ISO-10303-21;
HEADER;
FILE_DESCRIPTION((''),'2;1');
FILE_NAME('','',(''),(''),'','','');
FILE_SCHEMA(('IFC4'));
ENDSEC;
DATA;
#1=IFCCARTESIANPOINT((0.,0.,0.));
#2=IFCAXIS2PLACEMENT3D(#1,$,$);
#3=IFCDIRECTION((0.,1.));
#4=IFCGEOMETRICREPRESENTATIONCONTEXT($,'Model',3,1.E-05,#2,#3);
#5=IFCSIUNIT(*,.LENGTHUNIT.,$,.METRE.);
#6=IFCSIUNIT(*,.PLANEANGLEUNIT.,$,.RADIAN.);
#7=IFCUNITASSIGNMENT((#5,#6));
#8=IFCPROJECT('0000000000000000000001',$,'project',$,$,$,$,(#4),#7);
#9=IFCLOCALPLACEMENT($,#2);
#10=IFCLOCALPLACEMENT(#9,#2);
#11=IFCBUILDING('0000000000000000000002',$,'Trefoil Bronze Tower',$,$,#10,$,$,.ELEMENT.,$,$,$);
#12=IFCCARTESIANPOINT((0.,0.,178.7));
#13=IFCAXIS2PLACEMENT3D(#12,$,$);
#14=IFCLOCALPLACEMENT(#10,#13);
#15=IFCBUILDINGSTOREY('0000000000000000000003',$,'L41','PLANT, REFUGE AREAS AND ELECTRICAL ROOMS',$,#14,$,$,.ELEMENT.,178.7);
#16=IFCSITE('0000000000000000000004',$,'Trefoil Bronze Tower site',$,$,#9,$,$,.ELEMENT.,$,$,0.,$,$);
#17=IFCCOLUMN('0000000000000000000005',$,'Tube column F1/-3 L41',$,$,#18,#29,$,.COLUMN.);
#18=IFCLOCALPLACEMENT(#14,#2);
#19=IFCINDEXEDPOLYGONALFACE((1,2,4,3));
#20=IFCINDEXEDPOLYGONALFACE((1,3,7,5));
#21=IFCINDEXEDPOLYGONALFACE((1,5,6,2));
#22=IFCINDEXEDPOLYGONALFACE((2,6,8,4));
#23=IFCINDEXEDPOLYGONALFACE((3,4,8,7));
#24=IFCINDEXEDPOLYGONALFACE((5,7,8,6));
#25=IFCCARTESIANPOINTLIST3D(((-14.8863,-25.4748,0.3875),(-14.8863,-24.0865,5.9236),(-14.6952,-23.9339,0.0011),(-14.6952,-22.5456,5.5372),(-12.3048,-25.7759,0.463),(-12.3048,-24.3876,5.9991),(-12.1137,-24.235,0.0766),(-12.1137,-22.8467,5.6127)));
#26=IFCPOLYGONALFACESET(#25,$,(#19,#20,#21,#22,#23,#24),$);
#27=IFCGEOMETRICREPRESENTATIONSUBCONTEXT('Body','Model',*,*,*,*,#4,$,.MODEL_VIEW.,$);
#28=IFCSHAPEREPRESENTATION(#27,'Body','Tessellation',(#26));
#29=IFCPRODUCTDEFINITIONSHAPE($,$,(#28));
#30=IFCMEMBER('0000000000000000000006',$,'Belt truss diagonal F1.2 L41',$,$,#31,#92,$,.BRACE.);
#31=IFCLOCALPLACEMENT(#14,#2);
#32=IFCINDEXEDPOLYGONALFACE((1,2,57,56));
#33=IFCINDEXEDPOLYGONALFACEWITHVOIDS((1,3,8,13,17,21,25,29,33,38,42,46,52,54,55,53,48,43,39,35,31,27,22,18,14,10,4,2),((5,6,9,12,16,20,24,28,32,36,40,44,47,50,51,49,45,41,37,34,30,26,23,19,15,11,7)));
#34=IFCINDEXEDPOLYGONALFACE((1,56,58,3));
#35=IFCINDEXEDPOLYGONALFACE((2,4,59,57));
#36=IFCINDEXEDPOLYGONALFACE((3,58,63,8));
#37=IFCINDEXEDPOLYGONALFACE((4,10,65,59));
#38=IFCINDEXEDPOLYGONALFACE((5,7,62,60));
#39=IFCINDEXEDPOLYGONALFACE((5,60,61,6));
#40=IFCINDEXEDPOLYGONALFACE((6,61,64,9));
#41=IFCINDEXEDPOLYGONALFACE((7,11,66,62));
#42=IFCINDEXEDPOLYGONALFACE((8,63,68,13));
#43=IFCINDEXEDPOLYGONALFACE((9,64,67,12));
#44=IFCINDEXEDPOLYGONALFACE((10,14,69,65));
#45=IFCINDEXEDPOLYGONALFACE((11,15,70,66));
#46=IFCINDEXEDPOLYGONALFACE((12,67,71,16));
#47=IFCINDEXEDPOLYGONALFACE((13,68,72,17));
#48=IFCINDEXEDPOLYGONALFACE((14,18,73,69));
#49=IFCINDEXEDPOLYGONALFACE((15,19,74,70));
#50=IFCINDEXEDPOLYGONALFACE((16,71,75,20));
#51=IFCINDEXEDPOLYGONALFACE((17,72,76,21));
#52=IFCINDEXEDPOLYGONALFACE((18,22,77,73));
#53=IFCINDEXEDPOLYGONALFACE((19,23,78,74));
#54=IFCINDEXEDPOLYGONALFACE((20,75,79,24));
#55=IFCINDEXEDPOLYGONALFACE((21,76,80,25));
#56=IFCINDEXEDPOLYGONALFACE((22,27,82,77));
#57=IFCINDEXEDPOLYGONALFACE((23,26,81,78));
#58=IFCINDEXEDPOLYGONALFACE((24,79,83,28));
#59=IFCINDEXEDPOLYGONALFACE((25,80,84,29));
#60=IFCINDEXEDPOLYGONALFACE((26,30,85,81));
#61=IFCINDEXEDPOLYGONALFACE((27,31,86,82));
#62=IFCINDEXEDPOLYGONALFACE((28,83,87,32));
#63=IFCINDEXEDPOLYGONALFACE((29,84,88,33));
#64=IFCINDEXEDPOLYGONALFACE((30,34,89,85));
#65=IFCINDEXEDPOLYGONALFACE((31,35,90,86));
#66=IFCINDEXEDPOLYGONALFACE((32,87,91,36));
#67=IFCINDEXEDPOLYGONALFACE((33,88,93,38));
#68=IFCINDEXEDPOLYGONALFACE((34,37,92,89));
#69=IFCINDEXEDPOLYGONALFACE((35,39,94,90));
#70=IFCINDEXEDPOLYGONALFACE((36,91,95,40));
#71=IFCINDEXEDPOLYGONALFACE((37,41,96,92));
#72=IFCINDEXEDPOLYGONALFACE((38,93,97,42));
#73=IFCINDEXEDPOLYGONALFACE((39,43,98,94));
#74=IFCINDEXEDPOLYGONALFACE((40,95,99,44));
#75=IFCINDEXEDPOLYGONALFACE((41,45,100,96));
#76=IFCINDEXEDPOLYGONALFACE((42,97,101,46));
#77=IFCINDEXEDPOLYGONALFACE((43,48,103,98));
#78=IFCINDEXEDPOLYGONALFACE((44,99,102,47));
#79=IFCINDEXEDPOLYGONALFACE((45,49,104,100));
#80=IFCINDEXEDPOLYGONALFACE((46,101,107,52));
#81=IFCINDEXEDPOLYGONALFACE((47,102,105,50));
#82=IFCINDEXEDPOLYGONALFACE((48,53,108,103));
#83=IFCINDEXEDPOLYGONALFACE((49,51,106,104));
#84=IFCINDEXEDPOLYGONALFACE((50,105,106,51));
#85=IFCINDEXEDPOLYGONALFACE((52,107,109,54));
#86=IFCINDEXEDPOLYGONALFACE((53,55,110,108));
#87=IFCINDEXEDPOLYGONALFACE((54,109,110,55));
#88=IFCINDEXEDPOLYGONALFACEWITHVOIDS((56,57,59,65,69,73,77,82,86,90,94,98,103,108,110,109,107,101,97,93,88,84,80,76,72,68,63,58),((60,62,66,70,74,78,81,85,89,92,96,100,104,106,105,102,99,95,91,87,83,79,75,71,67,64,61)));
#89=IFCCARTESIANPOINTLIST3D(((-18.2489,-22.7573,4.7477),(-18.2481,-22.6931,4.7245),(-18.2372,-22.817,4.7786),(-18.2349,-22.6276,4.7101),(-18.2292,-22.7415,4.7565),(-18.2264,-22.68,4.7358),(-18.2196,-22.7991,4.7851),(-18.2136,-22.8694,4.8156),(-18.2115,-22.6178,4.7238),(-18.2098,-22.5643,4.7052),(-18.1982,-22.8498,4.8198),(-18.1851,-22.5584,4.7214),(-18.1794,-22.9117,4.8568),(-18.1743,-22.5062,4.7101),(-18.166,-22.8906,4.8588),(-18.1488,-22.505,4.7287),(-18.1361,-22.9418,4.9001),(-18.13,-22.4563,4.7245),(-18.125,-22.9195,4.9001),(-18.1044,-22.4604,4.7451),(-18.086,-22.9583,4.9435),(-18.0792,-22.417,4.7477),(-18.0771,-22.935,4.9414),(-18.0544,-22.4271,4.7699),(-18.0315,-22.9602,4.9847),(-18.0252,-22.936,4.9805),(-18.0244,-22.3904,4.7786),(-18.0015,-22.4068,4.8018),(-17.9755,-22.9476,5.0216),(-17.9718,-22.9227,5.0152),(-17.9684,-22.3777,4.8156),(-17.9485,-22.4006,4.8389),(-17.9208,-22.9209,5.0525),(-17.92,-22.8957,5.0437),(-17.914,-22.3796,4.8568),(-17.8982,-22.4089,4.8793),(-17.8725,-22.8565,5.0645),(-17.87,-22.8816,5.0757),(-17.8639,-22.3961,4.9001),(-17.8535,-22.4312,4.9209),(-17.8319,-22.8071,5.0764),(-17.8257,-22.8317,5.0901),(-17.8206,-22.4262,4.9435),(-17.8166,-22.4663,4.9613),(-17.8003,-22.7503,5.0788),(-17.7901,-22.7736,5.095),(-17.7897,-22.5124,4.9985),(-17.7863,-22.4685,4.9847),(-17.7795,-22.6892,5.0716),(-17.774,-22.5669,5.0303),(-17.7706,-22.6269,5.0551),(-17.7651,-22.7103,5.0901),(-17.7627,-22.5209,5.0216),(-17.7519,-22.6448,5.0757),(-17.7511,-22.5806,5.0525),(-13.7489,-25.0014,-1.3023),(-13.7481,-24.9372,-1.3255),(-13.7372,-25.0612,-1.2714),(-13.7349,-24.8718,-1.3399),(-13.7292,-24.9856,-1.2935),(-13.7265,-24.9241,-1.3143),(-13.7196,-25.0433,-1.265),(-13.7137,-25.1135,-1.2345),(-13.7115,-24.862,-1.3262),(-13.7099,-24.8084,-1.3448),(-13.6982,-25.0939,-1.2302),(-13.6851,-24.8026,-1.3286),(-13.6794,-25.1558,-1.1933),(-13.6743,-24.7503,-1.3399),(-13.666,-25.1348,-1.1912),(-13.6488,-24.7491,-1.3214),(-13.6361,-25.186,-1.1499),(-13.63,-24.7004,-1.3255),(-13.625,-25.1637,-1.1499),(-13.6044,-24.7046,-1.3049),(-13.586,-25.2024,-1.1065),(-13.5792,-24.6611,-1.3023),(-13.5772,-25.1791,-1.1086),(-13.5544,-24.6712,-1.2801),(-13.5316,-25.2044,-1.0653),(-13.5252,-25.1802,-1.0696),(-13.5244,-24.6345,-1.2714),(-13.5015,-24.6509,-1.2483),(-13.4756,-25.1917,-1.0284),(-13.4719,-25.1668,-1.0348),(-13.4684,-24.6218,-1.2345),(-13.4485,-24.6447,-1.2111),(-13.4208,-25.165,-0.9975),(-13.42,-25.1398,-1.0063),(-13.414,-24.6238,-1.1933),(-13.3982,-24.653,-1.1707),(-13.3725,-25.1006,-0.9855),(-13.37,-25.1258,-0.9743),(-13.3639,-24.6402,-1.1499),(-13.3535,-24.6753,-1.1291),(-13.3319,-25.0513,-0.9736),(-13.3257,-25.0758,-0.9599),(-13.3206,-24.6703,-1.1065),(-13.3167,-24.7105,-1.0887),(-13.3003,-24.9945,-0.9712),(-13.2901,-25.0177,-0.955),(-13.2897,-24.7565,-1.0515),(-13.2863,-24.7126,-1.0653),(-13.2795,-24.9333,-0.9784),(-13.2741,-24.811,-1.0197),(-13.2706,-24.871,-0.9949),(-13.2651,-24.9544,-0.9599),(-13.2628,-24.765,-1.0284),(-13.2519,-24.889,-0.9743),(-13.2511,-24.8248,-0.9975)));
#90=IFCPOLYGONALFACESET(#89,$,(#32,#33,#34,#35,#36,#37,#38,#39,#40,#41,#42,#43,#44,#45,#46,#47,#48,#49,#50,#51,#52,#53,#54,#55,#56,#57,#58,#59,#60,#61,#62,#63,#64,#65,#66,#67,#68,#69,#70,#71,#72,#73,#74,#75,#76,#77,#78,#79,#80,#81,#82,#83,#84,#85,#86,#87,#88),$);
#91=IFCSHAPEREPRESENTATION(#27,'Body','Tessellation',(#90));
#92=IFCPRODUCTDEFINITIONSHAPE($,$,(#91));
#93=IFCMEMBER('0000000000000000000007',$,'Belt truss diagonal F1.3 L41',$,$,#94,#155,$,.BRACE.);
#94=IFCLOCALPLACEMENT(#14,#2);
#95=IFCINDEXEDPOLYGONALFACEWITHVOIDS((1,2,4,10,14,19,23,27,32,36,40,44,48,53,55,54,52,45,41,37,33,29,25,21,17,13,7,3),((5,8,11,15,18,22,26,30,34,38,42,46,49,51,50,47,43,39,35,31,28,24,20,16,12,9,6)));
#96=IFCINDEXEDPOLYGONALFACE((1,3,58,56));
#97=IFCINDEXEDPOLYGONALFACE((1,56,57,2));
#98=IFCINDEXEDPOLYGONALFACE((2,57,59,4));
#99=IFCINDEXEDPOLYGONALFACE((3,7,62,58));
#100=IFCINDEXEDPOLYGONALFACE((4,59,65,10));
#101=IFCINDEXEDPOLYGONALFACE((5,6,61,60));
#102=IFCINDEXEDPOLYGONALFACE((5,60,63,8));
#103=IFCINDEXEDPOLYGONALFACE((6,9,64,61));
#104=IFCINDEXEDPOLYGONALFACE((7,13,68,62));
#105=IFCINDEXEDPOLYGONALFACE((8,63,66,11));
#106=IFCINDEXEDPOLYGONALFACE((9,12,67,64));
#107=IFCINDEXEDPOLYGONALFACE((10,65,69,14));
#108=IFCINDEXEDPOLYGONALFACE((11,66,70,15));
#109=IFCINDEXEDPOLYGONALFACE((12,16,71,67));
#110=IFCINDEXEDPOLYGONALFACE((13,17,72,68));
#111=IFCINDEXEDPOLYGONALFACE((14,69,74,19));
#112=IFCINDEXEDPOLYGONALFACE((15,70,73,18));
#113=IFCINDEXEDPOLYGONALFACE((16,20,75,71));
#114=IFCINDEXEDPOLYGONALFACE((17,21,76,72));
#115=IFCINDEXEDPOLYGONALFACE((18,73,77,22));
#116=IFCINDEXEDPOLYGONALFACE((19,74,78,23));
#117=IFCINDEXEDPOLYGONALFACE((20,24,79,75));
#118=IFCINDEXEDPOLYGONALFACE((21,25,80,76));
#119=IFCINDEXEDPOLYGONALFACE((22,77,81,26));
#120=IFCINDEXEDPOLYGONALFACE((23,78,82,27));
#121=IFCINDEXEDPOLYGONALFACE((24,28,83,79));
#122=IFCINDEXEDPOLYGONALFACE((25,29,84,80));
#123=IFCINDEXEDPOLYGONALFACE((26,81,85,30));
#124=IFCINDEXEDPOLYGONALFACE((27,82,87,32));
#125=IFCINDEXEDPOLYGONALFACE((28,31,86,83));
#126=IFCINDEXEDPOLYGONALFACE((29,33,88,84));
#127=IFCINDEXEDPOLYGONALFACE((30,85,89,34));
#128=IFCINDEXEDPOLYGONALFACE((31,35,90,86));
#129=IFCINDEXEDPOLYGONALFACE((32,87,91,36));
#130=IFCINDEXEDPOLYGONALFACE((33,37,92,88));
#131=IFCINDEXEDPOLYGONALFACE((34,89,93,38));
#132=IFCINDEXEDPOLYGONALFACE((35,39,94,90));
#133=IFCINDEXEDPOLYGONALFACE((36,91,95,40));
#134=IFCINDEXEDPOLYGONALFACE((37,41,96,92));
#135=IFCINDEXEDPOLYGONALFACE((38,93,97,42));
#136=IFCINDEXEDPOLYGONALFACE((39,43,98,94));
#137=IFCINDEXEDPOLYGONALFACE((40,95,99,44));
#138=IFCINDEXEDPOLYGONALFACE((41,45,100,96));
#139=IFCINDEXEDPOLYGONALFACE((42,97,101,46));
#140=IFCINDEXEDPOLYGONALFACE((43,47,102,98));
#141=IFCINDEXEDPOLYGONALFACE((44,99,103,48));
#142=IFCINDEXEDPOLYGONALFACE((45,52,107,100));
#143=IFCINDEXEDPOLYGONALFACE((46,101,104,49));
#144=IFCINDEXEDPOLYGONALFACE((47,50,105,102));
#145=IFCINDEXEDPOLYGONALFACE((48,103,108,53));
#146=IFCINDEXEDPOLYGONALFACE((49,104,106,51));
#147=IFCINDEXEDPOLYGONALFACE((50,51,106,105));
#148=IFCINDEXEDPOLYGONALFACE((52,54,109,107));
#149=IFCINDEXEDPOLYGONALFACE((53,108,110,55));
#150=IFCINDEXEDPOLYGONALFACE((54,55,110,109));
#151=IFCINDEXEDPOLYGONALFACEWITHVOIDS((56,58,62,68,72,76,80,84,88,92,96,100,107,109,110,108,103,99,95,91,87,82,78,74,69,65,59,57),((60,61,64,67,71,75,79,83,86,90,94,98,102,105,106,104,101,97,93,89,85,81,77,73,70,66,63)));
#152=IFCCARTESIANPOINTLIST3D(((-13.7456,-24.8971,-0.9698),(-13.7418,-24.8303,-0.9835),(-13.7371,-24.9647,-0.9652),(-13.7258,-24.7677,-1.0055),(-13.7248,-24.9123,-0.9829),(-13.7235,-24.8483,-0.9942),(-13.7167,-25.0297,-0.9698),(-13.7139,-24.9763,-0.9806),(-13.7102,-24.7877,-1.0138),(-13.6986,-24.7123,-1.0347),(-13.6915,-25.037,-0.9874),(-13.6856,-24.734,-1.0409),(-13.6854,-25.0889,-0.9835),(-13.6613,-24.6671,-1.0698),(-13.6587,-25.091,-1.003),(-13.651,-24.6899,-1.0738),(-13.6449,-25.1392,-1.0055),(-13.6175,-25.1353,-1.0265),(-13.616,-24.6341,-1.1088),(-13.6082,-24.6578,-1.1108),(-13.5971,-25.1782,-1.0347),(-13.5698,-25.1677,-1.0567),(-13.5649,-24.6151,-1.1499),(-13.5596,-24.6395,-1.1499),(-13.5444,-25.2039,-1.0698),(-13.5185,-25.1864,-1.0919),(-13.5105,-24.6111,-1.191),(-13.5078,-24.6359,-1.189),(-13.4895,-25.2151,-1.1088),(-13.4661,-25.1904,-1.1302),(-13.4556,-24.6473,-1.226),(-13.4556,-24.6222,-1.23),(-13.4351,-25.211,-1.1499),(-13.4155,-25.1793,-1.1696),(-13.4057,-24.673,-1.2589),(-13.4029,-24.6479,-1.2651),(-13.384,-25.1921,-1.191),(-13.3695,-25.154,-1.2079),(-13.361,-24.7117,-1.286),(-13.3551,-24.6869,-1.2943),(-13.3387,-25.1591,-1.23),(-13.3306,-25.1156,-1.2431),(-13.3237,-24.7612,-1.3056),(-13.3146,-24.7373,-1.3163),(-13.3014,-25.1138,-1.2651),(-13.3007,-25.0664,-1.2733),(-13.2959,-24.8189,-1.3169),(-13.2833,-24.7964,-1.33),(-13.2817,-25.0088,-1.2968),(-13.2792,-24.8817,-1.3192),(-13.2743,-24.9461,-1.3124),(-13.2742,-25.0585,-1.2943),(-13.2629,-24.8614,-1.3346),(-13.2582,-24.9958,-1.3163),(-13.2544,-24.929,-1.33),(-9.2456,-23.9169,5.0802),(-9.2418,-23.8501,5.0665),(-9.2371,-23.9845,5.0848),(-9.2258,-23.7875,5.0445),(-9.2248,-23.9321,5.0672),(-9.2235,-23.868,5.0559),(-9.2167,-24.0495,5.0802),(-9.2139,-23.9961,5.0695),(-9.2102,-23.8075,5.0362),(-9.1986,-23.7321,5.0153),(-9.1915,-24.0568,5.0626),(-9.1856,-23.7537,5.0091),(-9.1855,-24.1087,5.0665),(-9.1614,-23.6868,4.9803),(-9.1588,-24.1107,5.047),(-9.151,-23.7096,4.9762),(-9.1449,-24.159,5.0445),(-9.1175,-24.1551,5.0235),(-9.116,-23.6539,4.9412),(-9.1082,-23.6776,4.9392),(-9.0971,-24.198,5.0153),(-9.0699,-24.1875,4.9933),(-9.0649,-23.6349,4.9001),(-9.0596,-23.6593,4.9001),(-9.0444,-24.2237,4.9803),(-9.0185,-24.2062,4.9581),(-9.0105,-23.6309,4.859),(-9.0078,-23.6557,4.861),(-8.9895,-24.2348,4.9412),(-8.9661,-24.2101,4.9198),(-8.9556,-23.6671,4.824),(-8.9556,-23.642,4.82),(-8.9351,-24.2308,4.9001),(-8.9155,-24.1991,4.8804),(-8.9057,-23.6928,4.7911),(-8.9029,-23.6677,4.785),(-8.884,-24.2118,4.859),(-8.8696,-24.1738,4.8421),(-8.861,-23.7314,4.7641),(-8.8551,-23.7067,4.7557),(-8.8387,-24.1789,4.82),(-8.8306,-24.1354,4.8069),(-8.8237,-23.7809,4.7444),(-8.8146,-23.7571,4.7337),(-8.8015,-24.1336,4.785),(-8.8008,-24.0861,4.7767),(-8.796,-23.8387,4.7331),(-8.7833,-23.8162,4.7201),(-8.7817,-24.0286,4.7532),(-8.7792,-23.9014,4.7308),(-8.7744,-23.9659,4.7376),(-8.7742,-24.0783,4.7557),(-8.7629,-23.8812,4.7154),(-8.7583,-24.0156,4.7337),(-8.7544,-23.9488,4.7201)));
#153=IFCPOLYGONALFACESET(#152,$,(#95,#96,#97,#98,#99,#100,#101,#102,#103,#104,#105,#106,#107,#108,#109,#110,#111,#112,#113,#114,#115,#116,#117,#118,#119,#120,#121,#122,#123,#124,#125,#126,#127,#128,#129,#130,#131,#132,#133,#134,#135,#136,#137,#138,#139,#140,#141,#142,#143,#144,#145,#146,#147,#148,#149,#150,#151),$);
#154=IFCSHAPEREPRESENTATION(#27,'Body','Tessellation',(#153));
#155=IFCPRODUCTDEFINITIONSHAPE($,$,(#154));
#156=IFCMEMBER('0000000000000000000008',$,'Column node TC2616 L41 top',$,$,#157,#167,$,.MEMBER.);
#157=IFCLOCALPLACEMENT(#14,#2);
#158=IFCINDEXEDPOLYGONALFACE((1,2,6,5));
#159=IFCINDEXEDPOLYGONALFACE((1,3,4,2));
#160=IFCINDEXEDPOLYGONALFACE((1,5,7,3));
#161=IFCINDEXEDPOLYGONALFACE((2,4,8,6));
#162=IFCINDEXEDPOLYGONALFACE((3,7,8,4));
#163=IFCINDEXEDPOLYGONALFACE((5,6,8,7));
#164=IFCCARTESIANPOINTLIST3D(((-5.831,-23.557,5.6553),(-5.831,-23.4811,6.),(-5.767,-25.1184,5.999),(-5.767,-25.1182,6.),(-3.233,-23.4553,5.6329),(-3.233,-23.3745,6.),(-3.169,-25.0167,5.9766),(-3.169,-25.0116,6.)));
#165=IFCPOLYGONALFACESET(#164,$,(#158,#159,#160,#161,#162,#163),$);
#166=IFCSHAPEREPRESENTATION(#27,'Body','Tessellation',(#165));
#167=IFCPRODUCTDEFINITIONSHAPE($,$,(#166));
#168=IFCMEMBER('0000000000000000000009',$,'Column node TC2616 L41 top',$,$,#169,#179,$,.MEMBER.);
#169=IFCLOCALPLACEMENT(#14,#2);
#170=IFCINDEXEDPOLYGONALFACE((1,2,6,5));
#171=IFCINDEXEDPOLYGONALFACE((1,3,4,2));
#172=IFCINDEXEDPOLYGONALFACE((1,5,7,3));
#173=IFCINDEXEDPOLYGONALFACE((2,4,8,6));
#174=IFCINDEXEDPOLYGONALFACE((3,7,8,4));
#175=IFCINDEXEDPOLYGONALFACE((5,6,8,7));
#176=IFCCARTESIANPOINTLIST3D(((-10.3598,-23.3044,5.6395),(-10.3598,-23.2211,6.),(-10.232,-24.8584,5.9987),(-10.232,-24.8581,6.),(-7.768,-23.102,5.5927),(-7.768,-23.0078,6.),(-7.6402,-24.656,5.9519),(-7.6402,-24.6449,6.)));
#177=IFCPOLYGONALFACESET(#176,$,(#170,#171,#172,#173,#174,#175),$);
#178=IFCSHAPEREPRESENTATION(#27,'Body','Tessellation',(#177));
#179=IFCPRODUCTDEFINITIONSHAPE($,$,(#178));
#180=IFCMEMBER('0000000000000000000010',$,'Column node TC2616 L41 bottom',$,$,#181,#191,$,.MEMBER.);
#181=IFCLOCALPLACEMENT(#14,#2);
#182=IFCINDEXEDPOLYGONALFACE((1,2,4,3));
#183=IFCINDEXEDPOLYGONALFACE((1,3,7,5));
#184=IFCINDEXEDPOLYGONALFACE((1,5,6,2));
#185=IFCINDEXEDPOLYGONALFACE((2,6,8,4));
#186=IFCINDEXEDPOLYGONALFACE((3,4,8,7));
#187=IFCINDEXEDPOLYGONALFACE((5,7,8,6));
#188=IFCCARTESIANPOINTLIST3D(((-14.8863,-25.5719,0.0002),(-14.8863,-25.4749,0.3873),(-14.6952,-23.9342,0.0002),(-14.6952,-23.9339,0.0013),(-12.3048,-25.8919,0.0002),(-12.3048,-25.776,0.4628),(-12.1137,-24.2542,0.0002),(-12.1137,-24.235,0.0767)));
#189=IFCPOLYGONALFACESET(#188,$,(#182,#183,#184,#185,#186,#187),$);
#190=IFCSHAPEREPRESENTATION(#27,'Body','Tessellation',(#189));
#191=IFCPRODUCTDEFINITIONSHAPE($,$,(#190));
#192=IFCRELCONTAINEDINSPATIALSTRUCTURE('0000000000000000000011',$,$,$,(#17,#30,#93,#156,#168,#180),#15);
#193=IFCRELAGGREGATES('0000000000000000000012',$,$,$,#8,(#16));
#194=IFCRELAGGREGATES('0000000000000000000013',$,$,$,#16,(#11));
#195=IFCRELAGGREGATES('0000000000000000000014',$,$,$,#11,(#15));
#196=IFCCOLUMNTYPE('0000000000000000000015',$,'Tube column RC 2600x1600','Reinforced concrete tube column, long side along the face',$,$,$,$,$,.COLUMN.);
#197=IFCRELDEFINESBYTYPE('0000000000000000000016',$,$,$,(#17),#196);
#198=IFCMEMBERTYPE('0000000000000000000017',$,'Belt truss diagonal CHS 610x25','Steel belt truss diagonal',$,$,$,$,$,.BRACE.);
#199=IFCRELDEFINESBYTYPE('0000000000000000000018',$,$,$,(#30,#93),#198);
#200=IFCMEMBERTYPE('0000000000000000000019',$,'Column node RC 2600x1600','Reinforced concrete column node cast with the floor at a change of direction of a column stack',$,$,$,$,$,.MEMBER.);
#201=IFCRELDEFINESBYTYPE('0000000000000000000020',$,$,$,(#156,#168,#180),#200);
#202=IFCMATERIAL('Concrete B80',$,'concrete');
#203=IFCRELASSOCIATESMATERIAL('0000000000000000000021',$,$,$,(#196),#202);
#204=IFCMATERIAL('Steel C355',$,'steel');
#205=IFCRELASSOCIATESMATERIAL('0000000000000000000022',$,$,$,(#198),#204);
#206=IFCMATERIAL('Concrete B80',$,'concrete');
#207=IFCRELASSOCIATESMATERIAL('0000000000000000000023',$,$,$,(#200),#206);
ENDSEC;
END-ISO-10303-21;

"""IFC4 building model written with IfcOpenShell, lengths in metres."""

from ifc_helpers import new_model, si_unit, direction, frame, origin, origin_2d, place, context, subcontext, project, spatial, rectangle, hollow_circle, extrude, clip, halfspace, material, material_profile, profile_set, type_object, element, save


model = new_model("IFC4")

# Units and contexts
model_context = context("Model", 3, precision=1e-05, world=origin(), true_north=direction((0.0, 1.0)))
body_context = subcontext(model_context, "Body", "Model", "MODEL_VIEW")
ifc_project = project(units=[si_unit("LENGTHUNIT", "METRE"), si_unit("PLANEANGLEUNIT", "RADIAN")], contexts=[model_context])

# Site, building, storey
site_placement = place(None, origin())
site = spatial("IfcSite", under=ifc_project, at=site_placement, Name="Trefoil Bronze Tower site", CompositionType="ELEMENT", RefElevation=0.0)
building_placement = place(site_placement, origin())
building = spatial("IfcBuilding", under=site, at=building_placement, Name="Trefoil Bronze Tower", CompositionType="ELEMENT")
storey_placement = place(building_placement, frame((0.0, 0.0, 178.7)))
storey = spatial("IfcBuildingStorey", under=building, at=storey_placement, Name="L41", Description="PLANT, REFUGE AREAS AND ELECTRICAL ROOMS", CompositionType="ELEMENT", Elevation=178.7)

# Column
ifc_material_1 = material(Name="Concrete B80", Category="concrete")
ifc_material_profile_1 = material_profile(ifc_material_1, rectangle(XDim=2.6001, YDim=1.6001, at=origin_2d()), Name="RC 2600x1600")
ifc_profile_set_1 = profile_set([ifc_material_profile_1], Name="Concrete B80")
column_type = type_object("IfcColumnType", Name="Tube column RC 2600x1600", Description="Reinforced concrete tube column, long side along the face", PredefinedType="COLUMN", material=ifc_profile_set_1)
column_placement = place(storey_placement, frame((-13.5, -24.9131, 0.0), z_axis=(0.0, 0.243241, 0.969966), x_axis=(0.992849, -0.115792, 0.029038)))
element("IfcColumn", 1, at=column_placement, inside=storey, type_object=column_type, Name="Tube column F1/-3 L41", PredefinedType="COLUMN", context=body_context, shape_type="Clipping", body=[
    clip(clip(extrude(rectangle(XDim=2.6001, YDim=1.6001, at=origin_2d()), origin(), (0.0, 0.0, 1.0), 6.1858), halfspace(frame((0.0, 0.0, 0.2393), z_axis=(-0.000002, 0.000013, 1.0), x_axis=(0.0, 1.0, -0.000013)), True)), halfspace(frame((0.0, 0.0, 5.9468), z_axis=(0.000002, -0.000013, -1.0), x_axis=(0.0, -1.0, 0.000013)), True)),
])

# Members
ifc_material_2 = material(Name="Steel C355", Category="steel")
ifc_material_profile_2 = material_profile(ifc_material_2, hollow_circle(Radius=0.3049, WallThickness=0.0249, at=origin_2d()), Name="CHS 610x25")
ifc_profile_set_2 = profile_set([ifc_material_profile_2], Name="Steel C355")
member_type_1 = type_object("IfcMemberType", Name="Belt truss diagonal CHS 610x25", Description="Steel belt truss diagonal", PredefinedType="BRACE", material=ifc_profile_set_2)
member_1_placement = place(storey_placement, frame((-13.5, -24.9131, -1.1499), z_axis=(-0.572012, 0.285261, 0.769044), x_axis=(-0.446281, -0.894893, 0.0)))
element("IfcMember", 2, at=member_1_placement, inside=storey, type_object=member_type_1, Name="Belt truss diagonal F1.2 L41", PredefinedType="BRACE", context=body_context, shape_type="SweptSolid", body=[
    extrude(hollow_circle(Radius=0.3049, WallThickness=0.0249, at=origin_2d()), origin(), (0.0, 0.0, 1.0), 7.8669),
])
member_2_placement = place(storey_placement, frame((-13.5, -24.9131, -1.1499), z_axis=(0.591829, 0.128917, 0.795688), x_axis=(-0.212837, 0.977088, 0.0)))
element("IfcMember", 3, at=member_2_placement, inside=storey, type_object=member_type_1, Name="Belt truss diagonal F1.3 L41", PredefinedType="BRACE", context=body_context, shape_type="SweptSolid", body=[
    extrude(hollow_circle(Radius=0.3049, WallThickness=0.0249, at=origin_2d()), origin(), (0.0, 0.0, 1.0), 7.6035),
])
ifc_material_3 = material(Name="Concrete B80", Category="concrete")
ifc_material_profile_3 = material_profile(ifc_material_3, rectangle(XDim=2.6001, YDim=1.6001, at=origin_2d()), Name="RC 2600x1600")
ifc_profile_set_3 = profile_set([ifc_material_profile_3], Name="Concrete B80")
member_type_2 = type_object("IfcMemberType", Name="Column node RC 2600x1600", Description="Reinforced concrete column node cast with the floor at a change of direction of a column stack", PredefinedType="MEMBER", material=ifc_profile_set_3)
member_3_placement = place(storey_placement, frame((-4.5, -24.2058, 6.1841), z_axis=(0.0, -0.21501, -0.976612), x_axis=(-0.999198, -0.039107, 0.00861)))
element("IfcMember", 4, at=member_3_placement, inside=storey, type_object=member_type_2, Name="Column node TC2616 L41 top", PredefinedType="MEMBER", context=body_context, shape_type="Clipping", body=[
    clip(extrude(rectangle(XDim=2.6001, YDim=1.6001, at=origin_2d()), origin(), (0.0, 0.0, 1.0), 0.377), halfspace(frame((0.0, 0.0, 0.1885), z_axis=(-0.00861, 0.214838, 0.976612), x_axis=(0.0, 0.976648, -0.214846)), True)),
])
member_4_placement = place(storey_placement, frame((-9.0, -23.8857, 6.2043), z_axis=(0.0, -0.225242, -0.974303), x_axis=(-0.996802, -0.077852, 0.017998)))
element("IfcMember", 5, at=member_4_placement, inside=storey, type_object=member_type_2, Name="Column node TC2616 L41 top", PredefinedType="MEMBER", context=body_context, shape_type="Clipping", body=[
    clip(extrude(rectangle(XDim=2.6001, YDim=1.6001, at=origin_2d()), origin(), (0.0, 0.0, 1.0), 0.4194), halfspace(frame((0.0, 0.0, 0.2097), z_axis=(-0.017998, 0.224522, 0.974303), x_axis=(0.0, 0.974461, -0.224558)), True)),
])
member_5_placement = place(storey_placement, frame((-13.5, -24.9712, -0.2319), z_axis=(0.0, 0.243016, 0.970022), x_axis=(0.992849, -0.115799, 0.029011)))
element("IfcMember", 6, at=member_5_placement, inside=storey, type_object=member_type_2, Name="Column node TC2616 L41 bottom", PredefinedType="MEMBER", context=body_context, shape_type="Clipping", body=[
    clip(extrude(rectangle(XDim=2.6001, YDim=1.6001, at=origin_2d()), origin(), (0.0, 0.0, 1.0), 0.4783), halfspace(frame((0.0, 0.0, 0.2393), z_axis=(0.029011, -0.241278, 0.970022), x_axis=(0.0, 0.970431, 0.24138)), True)),
])

save(model, "model.ifc")
